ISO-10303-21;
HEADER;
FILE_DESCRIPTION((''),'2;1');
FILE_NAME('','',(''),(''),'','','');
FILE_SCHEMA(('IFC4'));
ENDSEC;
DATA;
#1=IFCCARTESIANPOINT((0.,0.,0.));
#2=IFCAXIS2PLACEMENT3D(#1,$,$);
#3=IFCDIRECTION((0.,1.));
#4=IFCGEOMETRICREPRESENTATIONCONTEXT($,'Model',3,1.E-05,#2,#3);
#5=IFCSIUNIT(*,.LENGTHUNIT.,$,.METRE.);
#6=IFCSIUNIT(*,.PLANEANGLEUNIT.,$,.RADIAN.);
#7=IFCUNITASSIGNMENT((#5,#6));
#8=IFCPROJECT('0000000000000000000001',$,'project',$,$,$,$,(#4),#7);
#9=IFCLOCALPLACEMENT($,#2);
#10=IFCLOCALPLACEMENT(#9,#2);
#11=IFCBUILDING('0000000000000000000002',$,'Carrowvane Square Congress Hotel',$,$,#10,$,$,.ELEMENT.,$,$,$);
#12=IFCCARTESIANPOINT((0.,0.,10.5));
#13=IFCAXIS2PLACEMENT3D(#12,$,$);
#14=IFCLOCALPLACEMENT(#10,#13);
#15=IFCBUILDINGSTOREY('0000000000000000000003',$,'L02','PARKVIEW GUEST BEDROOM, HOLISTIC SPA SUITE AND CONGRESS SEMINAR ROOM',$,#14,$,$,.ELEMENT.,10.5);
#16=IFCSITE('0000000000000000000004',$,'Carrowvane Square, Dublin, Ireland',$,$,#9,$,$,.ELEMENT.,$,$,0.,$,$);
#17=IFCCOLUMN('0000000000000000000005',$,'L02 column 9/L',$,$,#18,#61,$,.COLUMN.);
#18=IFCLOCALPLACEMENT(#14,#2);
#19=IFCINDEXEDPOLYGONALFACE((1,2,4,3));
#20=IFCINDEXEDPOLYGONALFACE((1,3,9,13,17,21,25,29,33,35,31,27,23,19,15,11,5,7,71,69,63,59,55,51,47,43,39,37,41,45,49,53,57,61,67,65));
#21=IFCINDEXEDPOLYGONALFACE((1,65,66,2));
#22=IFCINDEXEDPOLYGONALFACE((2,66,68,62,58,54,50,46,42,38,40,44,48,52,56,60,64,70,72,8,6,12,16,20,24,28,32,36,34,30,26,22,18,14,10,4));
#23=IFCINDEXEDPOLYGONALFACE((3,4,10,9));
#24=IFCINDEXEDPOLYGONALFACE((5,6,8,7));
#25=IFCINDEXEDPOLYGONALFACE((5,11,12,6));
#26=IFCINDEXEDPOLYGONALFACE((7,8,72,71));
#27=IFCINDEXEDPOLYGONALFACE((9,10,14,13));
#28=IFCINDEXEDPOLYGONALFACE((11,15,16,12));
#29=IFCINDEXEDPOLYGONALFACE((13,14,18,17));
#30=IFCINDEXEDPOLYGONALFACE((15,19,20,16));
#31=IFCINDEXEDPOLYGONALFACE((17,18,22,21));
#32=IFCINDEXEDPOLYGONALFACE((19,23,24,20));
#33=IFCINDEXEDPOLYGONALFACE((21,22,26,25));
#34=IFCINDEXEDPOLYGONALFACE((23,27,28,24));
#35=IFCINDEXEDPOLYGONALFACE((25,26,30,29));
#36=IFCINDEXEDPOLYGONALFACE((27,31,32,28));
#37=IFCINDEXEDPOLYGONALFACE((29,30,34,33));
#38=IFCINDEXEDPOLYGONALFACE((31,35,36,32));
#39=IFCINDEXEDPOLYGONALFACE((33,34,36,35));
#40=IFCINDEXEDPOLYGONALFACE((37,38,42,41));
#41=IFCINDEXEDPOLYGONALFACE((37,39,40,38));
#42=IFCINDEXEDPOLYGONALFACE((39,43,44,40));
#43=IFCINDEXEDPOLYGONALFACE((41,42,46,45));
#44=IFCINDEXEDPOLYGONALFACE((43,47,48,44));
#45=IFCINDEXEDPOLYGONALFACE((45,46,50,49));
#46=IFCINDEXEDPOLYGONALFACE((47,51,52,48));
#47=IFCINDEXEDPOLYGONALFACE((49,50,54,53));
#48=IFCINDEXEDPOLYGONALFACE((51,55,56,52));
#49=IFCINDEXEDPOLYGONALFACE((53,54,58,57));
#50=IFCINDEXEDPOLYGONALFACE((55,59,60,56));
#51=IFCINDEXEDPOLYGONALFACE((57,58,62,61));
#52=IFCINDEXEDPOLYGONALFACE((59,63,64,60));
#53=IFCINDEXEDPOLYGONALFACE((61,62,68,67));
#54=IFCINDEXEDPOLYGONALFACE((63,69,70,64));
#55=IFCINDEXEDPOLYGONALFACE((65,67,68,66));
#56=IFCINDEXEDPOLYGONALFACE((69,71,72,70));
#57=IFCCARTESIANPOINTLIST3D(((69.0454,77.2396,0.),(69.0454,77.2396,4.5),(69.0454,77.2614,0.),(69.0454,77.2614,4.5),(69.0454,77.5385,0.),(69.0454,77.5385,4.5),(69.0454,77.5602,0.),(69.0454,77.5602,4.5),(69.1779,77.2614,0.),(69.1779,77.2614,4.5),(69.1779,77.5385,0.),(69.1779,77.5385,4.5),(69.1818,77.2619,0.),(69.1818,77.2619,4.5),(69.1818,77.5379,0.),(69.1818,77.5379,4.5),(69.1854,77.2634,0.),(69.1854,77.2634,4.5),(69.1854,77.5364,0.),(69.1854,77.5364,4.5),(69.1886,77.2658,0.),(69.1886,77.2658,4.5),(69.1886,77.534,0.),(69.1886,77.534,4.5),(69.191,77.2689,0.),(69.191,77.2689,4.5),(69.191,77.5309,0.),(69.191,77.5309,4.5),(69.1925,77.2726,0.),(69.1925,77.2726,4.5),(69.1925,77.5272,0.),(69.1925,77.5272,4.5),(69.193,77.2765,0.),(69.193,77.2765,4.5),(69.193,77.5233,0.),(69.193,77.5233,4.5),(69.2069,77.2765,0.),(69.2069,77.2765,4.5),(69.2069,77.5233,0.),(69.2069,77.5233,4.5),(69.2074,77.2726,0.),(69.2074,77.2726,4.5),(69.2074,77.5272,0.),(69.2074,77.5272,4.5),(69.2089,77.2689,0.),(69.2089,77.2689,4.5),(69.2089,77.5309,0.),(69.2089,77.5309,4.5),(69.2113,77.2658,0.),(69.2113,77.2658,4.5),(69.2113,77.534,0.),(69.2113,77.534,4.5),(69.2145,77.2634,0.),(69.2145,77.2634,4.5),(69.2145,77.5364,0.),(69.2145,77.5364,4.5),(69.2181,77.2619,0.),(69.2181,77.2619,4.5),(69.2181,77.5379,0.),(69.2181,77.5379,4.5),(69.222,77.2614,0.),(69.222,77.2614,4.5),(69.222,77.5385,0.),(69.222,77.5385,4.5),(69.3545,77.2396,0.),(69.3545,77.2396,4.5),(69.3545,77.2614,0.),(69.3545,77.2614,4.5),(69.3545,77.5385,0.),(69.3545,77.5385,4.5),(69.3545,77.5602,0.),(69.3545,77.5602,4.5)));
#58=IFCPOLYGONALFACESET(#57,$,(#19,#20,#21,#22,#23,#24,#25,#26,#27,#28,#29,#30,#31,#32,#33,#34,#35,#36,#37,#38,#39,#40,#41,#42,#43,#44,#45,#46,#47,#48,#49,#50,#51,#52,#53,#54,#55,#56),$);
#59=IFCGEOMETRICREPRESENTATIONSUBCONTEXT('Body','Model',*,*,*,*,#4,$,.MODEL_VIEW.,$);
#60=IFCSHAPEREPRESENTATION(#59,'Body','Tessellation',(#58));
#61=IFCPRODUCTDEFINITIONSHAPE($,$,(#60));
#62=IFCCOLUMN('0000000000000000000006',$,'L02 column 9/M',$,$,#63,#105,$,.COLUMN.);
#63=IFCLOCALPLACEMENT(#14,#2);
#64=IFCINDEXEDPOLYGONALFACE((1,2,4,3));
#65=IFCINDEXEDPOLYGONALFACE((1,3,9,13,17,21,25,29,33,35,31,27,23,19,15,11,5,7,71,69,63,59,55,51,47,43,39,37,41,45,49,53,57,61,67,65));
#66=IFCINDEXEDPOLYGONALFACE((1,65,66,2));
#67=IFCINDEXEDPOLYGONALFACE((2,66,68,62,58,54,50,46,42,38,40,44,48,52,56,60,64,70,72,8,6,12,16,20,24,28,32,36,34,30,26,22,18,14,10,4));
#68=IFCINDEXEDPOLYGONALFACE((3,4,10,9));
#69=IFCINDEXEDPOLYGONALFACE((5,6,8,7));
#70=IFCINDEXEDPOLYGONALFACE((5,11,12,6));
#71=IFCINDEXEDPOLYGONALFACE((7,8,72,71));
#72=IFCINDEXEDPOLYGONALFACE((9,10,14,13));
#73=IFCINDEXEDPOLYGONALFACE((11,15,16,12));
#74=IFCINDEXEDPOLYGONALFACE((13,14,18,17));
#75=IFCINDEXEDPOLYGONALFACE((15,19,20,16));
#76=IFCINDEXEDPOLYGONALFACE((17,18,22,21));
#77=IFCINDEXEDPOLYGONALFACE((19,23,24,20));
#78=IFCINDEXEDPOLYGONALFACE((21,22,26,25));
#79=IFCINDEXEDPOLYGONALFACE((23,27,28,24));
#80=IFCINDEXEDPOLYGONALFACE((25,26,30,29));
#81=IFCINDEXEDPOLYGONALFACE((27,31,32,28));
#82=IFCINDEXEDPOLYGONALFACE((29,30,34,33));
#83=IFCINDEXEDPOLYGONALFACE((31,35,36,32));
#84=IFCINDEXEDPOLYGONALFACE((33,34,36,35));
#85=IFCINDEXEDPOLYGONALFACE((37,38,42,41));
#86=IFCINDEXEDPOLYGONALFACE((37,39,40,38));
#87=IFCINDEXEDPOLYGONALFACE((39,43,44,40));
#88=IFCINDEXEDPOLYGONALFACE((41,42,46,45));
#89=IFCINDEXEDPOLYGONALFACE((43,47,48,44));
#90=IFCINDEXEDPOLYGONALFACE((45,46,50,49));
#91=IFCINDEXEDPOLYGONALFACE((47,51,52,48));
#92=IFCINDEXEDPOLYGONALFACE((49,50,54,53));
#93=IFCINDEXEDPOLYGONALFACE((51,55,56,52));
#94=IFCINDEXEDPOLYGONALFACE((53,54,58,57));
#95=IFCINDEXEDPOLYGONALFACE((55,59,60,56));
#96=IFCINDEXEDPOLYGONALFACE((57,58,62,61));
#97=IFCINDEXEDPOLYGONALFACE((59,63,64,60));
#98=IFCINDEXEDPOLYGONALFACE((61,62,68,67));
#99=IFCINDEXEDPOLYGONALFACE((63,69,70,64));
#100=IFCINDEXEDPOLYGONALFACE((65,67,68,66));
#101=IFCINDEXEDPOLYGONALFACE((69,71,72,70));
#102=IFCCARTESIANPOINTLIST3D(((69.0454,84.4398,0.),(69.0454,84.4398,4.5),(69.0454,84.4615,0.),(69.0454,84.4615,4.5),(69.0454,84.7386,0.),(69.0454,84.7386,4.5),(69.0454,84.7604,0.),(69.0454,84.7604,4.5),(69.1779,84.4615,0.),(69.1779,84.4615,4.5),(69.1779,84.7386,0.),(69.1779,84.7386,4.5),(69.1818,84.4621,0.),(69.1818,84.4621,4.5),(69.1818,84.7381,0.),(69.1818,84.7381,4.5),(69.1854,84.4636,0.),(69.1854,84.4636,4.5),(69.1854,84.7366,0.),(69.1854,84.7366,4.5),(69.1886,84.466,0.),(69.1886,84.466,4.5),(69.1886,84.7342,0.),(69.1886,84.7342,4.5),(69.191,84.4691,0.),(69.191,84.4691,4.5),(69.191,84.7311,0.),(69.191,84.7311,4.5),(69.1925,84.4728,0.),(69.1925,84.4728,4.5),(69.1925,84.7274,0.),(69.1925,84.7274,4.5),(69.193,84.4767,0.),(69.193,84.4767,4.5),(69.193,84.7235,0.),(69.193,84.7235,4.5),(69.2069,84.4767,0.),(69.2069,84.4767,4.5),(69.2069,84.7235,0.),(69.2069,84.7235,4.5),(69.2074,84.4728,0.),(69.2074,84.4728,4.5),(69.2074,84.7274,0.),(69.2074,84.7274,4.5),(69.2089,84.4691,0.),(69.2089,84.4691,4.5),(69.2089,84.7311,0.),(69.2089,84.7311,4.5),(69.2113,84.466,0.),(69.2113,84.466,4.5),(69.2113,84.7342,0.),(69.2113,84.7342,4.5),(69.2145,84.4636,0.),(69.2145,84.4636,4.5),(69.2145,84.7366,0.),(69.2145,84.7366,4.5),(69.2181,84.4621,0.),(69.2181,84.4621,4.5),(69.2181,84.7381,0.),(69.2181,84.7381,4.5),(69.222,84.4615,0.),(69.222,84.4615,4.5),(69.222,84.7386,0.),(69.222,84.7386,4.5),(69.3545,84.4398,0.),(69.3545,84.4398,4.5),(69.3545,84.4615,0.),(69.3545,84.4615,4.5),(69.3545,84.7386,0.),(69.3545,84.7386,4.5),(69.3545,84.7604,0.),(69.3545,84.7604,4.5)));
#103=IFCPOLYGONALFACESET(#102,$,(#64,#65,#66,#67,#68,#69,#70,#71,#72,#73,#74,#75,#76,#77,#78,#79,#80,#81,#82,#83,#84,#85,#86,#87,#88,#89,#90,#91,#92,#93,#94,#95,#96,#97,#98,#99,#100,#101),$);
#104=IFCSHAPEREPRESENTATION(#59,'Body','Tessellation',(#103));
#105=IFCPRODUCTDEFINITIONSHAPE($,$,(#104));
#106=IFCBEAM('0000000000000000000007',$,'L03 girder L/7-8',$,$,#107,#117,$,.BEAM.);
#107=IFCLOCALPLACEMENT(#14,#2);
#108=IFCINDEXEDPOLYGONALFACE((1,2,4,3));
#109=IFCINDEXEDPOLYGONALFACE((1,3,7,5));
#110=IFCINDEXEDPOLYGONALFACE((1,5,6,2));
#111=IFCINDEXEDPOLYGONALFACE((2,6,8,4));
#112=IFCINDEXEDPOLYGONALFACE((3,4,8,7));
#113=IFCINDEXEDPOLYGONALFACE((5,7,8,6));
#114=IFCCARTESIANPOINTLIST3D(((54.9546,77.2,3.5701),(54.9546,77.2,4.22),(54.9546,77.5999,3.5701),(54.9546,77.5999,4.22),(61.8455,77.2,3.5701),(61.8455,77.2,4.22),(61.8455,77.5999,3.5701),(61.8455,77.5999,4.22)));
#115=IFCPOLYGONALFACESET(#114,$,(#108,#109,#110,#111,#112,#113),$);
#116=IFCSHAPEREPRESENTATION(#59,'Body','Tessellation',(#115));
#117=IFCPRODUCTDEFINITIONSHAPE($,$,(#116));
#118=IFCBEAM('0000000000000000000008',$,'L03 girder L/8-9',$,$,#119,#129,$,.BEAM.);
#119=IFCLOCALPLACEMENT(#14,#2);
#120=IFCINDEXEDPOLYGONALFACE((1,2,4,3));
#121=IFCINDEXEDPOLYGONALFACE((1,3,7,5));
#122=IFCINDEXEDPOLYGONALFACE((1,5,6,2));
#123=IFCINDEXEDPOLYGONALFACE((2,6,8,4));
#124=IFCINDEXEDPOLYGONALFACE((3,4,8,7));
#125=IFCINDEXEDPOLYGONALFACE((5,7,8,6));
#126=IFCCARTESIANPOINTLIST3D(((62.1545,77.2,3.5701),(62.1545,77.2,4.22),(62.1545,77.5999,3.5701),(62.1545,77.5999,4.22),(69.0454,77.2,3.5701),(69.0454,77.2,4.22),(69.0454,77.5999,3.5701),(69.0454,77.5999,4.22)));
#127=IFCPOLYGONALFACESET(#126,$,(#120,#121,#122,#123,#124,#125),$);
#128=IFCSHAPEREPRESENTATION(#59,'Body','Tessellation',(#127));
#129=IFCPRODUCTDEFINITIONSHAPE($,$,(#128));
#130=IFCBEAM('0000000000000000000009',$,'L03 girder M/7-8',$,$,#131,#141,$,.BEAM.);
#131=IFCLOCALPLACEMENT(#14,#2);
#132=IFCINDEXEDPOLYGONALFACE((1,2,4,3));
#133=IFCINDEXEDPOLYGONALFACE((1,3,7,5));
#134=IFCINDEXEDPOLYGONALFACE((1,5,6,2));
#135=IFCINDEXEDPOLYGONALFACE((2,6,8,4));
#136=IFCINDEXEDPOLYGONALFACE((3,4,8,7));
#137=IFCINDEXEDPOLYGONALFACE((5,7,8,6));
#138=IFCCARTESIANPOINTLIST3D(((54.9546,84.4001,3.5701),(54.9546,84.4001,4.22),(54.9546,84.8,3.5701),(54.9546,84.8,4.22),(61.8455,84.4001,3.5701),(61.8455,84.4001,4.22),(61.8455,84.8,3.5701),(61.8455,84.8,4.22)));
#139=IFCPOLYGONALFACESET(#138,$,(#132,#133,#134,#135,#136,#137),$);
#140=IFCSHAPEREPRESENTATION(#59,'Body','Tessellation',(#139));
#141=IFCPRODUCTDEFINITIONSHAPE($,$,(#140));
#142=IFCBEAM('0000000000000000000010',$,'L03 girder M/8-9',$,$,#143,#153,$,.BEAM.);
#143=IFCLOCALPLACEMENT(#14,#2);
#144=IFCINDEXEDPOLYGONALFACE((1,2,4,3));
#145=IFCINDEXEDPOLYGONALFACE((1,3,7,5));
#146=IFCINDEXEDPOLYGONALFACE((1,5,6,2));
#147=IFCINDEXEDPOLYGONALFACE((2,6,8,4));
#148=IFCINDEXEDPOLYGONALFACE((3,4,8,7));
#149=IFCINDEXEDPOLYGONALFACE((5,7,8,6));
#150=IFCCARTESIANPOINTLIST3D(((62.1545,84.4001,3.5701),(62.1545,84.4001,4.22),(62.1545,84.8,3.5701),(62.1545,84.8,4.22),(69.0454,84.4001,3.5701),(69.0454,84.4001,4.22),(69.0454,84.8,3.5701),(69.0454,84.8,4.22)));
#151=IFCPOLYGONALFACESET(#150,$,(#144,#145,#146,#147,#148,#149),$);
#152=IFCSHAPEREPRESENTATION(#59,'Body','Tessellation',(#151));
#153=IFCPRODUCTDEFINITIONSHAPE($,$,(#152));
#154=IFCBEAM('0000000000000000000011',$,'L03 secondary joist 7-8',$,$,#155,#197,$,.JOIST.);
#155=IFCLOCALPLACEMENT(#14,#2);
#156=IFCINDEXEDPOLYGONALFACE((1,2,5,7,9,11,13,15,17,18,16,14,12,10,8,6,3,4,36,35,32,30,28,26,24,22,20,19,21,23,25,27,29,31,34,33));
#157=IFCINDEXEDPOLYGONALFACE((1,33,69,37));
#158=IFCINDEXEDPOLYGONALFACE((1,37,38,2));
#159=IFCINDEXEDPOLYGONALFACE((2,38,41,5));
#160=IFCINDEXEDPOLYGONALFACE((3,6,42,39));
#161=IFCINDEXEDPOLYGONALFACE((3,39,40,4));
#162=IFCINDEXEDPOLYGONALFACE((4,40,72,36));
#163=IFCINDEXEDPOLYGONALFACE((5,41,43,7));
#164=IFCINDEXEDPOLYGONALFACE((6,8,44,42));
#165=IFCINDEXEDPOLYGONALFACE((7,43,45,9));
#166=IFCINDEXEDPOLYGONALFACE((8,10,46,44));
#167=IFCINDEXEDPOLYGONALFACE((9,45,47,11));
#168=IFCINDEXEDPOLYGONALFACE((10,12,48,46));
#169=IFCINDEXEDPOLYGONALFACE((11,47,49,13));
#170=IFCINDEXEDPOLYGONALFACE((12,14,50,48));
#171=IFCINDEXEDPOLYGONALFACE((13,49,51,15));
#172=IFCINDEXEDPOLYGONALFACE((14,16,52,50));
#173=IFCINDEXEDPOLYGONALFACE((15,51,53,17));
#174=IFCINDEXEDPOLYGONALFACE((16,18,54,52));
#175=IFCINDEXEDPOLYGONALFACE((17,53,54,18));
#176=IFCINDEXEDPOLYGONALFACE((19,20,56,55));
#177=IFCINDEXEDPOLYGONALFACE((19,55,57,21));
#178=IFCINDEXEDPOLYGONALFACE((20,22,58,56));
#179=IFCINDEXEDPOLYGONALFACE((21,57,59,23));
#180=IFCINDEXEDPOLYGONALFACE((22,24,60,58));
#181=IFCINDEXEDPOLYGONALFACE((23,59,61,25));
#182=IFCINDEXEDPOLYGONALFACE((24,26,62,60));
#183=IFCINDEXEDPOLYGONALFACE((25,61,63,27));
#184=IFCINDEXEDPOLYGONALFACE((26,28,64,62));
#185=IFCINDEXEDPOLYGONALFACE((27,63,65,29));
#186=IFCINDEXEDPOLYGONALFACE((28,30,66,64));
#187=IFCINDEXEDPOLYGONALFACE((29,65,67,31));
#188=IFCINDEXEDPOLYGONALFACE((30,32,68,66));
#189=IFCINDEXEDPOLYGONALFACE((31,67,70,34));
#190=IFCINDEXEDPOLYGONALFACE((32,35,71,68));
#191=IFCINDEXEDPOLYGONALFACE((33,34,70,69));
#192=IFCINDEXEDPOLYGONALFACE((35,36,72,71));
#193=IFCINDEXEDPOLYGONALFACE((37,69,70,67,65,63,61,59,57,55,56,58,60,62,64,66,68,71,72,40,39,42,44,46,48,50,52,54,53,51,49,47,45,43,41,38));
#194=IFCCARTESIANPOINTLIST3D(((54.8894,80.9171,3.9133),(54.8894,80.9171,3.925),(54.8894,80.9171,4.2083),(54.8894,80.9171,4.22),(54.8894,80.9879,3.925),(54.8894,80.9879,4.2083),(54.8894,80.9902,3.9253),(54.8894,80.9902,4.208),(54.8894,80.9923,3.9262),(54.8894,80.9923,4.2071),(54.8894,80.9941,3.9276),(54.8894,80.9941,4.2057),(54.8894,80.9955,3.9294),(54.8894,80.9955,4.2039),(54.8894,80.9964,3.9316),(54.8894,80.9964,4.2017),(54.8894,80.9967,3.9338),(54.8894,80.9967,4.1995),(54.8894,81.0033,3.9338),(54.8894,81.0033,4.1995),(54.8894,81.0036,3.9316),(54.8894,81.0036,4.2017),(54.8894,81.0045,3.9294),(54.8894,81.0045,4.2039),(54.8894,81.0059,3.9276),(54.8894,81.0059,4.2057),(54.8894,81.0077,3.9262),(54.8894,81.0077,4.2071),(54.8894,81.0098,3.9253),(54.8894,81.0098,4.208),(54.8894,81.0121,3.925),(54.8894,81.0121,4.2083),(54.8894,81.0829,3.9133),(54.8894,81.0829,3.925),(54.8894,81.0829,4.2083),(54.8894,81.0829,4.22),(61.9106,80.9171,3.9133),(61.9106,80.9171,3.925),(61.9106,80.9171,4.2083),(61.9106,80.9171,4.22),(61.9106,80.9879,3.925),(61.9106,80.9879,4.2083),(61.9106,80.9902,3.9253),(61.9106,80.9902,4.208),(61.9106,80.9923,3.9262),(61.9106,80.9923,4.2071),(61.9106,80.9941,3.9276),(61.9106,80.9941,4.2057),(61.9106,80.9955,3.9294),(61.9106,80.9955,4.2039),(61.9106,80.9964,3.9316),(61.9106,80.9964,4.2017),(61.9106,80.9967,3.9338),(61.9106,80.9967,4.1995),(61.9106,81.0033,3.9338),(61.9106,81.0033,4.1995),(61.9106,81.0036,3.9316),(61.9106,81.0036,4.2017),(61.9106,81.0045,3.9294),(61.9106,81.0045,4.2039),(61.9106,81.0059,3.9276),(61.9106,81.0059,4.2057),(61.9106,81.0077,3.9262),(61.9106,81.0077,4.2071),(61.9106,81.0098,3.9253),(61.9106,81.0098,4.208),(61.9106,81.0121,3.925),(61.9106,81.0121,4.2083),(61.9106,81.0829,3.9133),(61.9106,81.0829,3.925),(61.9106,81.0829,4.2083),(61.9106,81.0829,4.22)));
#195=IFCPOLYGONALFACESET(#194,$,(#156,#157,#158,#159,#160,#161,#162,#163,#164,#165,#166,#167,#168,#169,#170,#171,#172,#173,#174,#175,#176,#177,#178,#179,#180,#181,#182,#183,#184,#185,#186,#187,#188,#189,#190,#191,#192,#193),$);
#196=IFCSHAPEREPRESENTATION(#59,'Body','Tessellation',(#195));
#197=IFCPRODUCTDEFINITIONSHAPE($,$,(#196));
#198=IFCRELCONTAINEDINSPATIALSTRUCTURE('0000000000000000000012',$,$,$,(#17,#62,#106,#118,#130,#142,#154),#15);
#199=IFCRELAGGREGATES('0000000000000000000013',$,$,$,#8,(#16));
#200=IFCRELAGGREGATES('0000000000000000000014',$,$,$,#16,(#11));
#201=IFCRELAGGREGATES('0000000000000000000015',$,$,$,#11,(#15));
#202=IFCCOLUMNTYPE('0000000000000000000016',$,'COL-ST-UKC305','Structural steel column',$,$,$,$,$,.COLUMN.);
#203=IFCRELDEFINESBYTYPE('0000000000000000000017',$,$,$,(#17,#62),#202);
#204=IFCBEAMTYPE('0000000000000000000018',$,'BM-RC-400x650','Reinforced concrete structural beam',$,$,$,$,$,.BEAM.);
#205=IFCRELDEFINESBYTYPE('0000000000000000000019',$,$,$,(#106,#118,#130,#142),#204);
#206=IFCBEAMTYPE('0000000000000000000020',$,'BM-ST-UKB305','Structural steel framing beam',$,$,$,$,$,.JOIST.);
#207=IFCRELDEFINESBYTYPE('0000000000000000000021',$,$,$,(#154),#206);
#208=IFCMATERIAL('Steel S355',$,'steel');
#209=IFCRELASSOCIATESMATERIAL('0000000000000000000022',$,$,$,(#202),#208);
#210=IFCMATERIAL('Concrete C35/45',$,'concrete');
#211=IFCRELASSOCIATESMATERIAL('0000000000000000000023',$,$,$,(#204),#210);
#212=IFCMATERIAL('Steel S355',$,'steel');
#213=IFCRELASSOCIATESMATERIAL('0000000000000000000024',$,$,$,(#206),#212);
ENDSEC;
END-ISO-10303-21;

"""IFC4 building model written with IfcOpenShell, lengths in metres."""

from ifc_helpers import new_model, si_unit, direction, frame, origin, origin_2d, place, context, subcontext, project, spatial, rectangle, i_section, extrude, material, material_profile, profile_set, type_object, element, save


model = new_model("IFC4")

# Units and contexts
model_context = context("Model", 3, precision=1e-05, world=origin(), true_north=direction((0.0, 1.0)))
body_context = subcontext(model_context, "Body", "Model", "MODEL_VIEW")
ifc_project = project(units=[si_unit("LENGTHUNIT", "METRE"), si_unit("PLANEANGLEUNIT", "RADIAN")], contexts=[model_context])

# Site, building, storey
site_placement = place(None, origin())
site = spatial("IfcSite", under=ifc_project, at=site_placement, Name="Carrowvane Square, Dublin, Ireland", CompositionType="ELEMENT", RefElevation=0.0)
building_placement = place(site_placement, origin())
building = spatial("IfcBuilding", under=site, at=building_placement, Name="Carrowvane Square Congress Hotel", CompositionType="ELEMENT")
storey_placement = place(building_placement, frame((0.0, 0.0, 10.5)))
storey = spatial("IfcBuildingStorey", under=building, at=storey_placement, Name="L02", Description="PARKVIEW GUEST BEDROOM, HOLISTIC SPA SUITE AND CONGRESS SEMINAR ROOM", CompositionType="ELEMENT", Elevation=10.5)

# Columns
ifc_material_1 = material(Name="Steel S355", Category="steel")
ifc_material_profile_1 = material_profile(ifc_material_1, i_section(OverallWidth=0.3091, OverallDepth=0.3206, WebThickness=0.0139, FlangeThickness=0.0217, FilletRadius=0.0151, at=origin_2d()), Name="UKC 305x305x137")
ifc_profile_set_1 = profile_set([ifc_material_profile_1], Name="Steel S355")
column_type = type_object("IfcColumnType", Name="COL-ST-UKC305", Description="Structural steel column", PredefinedType="COLUMN", material=ifc_profile_set_1)
for number, where, z_axis, x_axis, name in (
    (1, (69.2, 77.3999, 0.0), (0.0, 0.0, 1.0), (1.0, 0.0, 0.0), "L02 column 9/L"),
    (2, (69.2, 84.6001, 0.0), (0.0, 0.0, 1.0), (1.0, 0.0, 0.0), "L02 column 9/M"),
):
    element("IfcColumn", number, at=place(storey_placement, frame(where, z_axis=z_axis, x_axis=x_axis)), inside=storey, type_object=column_type, Name=name, PredefinedType="COLUMN", context=body_context, shape_type="SweptSolid", body=[
        extrude(i_section(OverallWidth=0.3091, OverallDepth=0.3206, WebThickness=0.0139, FlangeThickness=0.0217, FilletRadius=0.0151, at=origin_2d()), origin(), (0.0, 0.0, 1.0), 4.5),
    ])

# Beams
ifc_material_2 = material(Name="Concrete C35/45", Category="concrete")
ifc_material_profile_2 = material_profile(ifc_material_2, rectangle(XDim=0.3999, YDim=0.6499, at=origin_2d()), Name="RC 400x650")
ifc_profile_set_2 = profile_set([ifc_material_profile_2], Name="Concrete C35/45")
beam_type_1 = type_object("IfcBeamType", Name="BM-RC-400x650", Description="Reinforced concrete structural beam", PredefinedType="BEAM", material=ifc_profile_set_2)
for number, where, z_axis, x_axis, name in (
    (3, (54.9546, 77.3999, 3.895), (1.0, 0.0, 0.0), (0.0, 1.0, 0.0), "L03 girder L/7-8"),
    (4, (62.1545, 77.3999, 3.895), (1.0, 0.0, 0.0), (0.0, 1.0, 0.0), "L03 girder L/8-9"),
    (5, (54.9546, 84.6001, 3.895), (1.0, 0.0, 0.0), (0.0, 1.0, 0.0), "L03 girder M/7-8"),
    (6, (62.1545, 84.6001, 3.895), (1.0, 0.0, 0.0), (0.0, 1.0, 0.0), "L03 girder M/8-9"),
):
    element("IfcBeam", number, at=place(storey_placement, frame(where, z_axis=z_axis, x_axis=x_axis)), inside=storey, type_object=beam_type_1, Name=name, PredefinedType="BEAM", context=body_context, shape_type="SweptSolid", body=[
        extrude(rectangle(XDim=0.3999, YDim=0.6499, at=origin_2d()), origin(), (0.0, 0.0, 1.0), 6.8909),
    ])
ifc_material_3 = material(Name="Steel S355", Category="steel")
ifc_material_profile_3 = material_profile(ifc_material_3, i_section(OverallWidth=0.1658, OverallDepth=0.3066, WebThickness=0.0066, FlangeThickness=0.0117, FilletRadius=0.0088, at=origin_2d()), Name="UKB 305x165x46")
ifc_profile_set_3 = profile_set([ifc_material_profile_3], Name="Steel S355")
beam_type_2 = type_object("IfcBeamType", Name="BM-ST-UKB305", Description="Structural steel framing beam", PredefinedType="JOIST", material=ifc_profile_set_3)
for number, where, z_axis, x_axis, name in (
    (7, (54.8894, 81.0, 4.0667), (1.0, 0.0, 0.0), (0.0, 1.0, 0.0), "L03 secondary joist 7-8"),
):
    element("IfcBeam", number, at=place(storey_placement, frame(where, z_axis=z_axis, x_axis=x_axis)), inside=storey, type_object=beam_type_2, Name=name, PredefinedType="JOIST", context=body_context, shape_type="SweptSolid", body=[
        extrude(i_section(OverallWidth=0.1658, OverallDepth=0.3066, WebThickness=0.0066, FlangeThickness=0.0117, FilletRadius=0.0088, at=origin_2d()), origin(), (0.0, 0.0, 1.0), 7.0212),
    ])

save(model, "model.ifc")
